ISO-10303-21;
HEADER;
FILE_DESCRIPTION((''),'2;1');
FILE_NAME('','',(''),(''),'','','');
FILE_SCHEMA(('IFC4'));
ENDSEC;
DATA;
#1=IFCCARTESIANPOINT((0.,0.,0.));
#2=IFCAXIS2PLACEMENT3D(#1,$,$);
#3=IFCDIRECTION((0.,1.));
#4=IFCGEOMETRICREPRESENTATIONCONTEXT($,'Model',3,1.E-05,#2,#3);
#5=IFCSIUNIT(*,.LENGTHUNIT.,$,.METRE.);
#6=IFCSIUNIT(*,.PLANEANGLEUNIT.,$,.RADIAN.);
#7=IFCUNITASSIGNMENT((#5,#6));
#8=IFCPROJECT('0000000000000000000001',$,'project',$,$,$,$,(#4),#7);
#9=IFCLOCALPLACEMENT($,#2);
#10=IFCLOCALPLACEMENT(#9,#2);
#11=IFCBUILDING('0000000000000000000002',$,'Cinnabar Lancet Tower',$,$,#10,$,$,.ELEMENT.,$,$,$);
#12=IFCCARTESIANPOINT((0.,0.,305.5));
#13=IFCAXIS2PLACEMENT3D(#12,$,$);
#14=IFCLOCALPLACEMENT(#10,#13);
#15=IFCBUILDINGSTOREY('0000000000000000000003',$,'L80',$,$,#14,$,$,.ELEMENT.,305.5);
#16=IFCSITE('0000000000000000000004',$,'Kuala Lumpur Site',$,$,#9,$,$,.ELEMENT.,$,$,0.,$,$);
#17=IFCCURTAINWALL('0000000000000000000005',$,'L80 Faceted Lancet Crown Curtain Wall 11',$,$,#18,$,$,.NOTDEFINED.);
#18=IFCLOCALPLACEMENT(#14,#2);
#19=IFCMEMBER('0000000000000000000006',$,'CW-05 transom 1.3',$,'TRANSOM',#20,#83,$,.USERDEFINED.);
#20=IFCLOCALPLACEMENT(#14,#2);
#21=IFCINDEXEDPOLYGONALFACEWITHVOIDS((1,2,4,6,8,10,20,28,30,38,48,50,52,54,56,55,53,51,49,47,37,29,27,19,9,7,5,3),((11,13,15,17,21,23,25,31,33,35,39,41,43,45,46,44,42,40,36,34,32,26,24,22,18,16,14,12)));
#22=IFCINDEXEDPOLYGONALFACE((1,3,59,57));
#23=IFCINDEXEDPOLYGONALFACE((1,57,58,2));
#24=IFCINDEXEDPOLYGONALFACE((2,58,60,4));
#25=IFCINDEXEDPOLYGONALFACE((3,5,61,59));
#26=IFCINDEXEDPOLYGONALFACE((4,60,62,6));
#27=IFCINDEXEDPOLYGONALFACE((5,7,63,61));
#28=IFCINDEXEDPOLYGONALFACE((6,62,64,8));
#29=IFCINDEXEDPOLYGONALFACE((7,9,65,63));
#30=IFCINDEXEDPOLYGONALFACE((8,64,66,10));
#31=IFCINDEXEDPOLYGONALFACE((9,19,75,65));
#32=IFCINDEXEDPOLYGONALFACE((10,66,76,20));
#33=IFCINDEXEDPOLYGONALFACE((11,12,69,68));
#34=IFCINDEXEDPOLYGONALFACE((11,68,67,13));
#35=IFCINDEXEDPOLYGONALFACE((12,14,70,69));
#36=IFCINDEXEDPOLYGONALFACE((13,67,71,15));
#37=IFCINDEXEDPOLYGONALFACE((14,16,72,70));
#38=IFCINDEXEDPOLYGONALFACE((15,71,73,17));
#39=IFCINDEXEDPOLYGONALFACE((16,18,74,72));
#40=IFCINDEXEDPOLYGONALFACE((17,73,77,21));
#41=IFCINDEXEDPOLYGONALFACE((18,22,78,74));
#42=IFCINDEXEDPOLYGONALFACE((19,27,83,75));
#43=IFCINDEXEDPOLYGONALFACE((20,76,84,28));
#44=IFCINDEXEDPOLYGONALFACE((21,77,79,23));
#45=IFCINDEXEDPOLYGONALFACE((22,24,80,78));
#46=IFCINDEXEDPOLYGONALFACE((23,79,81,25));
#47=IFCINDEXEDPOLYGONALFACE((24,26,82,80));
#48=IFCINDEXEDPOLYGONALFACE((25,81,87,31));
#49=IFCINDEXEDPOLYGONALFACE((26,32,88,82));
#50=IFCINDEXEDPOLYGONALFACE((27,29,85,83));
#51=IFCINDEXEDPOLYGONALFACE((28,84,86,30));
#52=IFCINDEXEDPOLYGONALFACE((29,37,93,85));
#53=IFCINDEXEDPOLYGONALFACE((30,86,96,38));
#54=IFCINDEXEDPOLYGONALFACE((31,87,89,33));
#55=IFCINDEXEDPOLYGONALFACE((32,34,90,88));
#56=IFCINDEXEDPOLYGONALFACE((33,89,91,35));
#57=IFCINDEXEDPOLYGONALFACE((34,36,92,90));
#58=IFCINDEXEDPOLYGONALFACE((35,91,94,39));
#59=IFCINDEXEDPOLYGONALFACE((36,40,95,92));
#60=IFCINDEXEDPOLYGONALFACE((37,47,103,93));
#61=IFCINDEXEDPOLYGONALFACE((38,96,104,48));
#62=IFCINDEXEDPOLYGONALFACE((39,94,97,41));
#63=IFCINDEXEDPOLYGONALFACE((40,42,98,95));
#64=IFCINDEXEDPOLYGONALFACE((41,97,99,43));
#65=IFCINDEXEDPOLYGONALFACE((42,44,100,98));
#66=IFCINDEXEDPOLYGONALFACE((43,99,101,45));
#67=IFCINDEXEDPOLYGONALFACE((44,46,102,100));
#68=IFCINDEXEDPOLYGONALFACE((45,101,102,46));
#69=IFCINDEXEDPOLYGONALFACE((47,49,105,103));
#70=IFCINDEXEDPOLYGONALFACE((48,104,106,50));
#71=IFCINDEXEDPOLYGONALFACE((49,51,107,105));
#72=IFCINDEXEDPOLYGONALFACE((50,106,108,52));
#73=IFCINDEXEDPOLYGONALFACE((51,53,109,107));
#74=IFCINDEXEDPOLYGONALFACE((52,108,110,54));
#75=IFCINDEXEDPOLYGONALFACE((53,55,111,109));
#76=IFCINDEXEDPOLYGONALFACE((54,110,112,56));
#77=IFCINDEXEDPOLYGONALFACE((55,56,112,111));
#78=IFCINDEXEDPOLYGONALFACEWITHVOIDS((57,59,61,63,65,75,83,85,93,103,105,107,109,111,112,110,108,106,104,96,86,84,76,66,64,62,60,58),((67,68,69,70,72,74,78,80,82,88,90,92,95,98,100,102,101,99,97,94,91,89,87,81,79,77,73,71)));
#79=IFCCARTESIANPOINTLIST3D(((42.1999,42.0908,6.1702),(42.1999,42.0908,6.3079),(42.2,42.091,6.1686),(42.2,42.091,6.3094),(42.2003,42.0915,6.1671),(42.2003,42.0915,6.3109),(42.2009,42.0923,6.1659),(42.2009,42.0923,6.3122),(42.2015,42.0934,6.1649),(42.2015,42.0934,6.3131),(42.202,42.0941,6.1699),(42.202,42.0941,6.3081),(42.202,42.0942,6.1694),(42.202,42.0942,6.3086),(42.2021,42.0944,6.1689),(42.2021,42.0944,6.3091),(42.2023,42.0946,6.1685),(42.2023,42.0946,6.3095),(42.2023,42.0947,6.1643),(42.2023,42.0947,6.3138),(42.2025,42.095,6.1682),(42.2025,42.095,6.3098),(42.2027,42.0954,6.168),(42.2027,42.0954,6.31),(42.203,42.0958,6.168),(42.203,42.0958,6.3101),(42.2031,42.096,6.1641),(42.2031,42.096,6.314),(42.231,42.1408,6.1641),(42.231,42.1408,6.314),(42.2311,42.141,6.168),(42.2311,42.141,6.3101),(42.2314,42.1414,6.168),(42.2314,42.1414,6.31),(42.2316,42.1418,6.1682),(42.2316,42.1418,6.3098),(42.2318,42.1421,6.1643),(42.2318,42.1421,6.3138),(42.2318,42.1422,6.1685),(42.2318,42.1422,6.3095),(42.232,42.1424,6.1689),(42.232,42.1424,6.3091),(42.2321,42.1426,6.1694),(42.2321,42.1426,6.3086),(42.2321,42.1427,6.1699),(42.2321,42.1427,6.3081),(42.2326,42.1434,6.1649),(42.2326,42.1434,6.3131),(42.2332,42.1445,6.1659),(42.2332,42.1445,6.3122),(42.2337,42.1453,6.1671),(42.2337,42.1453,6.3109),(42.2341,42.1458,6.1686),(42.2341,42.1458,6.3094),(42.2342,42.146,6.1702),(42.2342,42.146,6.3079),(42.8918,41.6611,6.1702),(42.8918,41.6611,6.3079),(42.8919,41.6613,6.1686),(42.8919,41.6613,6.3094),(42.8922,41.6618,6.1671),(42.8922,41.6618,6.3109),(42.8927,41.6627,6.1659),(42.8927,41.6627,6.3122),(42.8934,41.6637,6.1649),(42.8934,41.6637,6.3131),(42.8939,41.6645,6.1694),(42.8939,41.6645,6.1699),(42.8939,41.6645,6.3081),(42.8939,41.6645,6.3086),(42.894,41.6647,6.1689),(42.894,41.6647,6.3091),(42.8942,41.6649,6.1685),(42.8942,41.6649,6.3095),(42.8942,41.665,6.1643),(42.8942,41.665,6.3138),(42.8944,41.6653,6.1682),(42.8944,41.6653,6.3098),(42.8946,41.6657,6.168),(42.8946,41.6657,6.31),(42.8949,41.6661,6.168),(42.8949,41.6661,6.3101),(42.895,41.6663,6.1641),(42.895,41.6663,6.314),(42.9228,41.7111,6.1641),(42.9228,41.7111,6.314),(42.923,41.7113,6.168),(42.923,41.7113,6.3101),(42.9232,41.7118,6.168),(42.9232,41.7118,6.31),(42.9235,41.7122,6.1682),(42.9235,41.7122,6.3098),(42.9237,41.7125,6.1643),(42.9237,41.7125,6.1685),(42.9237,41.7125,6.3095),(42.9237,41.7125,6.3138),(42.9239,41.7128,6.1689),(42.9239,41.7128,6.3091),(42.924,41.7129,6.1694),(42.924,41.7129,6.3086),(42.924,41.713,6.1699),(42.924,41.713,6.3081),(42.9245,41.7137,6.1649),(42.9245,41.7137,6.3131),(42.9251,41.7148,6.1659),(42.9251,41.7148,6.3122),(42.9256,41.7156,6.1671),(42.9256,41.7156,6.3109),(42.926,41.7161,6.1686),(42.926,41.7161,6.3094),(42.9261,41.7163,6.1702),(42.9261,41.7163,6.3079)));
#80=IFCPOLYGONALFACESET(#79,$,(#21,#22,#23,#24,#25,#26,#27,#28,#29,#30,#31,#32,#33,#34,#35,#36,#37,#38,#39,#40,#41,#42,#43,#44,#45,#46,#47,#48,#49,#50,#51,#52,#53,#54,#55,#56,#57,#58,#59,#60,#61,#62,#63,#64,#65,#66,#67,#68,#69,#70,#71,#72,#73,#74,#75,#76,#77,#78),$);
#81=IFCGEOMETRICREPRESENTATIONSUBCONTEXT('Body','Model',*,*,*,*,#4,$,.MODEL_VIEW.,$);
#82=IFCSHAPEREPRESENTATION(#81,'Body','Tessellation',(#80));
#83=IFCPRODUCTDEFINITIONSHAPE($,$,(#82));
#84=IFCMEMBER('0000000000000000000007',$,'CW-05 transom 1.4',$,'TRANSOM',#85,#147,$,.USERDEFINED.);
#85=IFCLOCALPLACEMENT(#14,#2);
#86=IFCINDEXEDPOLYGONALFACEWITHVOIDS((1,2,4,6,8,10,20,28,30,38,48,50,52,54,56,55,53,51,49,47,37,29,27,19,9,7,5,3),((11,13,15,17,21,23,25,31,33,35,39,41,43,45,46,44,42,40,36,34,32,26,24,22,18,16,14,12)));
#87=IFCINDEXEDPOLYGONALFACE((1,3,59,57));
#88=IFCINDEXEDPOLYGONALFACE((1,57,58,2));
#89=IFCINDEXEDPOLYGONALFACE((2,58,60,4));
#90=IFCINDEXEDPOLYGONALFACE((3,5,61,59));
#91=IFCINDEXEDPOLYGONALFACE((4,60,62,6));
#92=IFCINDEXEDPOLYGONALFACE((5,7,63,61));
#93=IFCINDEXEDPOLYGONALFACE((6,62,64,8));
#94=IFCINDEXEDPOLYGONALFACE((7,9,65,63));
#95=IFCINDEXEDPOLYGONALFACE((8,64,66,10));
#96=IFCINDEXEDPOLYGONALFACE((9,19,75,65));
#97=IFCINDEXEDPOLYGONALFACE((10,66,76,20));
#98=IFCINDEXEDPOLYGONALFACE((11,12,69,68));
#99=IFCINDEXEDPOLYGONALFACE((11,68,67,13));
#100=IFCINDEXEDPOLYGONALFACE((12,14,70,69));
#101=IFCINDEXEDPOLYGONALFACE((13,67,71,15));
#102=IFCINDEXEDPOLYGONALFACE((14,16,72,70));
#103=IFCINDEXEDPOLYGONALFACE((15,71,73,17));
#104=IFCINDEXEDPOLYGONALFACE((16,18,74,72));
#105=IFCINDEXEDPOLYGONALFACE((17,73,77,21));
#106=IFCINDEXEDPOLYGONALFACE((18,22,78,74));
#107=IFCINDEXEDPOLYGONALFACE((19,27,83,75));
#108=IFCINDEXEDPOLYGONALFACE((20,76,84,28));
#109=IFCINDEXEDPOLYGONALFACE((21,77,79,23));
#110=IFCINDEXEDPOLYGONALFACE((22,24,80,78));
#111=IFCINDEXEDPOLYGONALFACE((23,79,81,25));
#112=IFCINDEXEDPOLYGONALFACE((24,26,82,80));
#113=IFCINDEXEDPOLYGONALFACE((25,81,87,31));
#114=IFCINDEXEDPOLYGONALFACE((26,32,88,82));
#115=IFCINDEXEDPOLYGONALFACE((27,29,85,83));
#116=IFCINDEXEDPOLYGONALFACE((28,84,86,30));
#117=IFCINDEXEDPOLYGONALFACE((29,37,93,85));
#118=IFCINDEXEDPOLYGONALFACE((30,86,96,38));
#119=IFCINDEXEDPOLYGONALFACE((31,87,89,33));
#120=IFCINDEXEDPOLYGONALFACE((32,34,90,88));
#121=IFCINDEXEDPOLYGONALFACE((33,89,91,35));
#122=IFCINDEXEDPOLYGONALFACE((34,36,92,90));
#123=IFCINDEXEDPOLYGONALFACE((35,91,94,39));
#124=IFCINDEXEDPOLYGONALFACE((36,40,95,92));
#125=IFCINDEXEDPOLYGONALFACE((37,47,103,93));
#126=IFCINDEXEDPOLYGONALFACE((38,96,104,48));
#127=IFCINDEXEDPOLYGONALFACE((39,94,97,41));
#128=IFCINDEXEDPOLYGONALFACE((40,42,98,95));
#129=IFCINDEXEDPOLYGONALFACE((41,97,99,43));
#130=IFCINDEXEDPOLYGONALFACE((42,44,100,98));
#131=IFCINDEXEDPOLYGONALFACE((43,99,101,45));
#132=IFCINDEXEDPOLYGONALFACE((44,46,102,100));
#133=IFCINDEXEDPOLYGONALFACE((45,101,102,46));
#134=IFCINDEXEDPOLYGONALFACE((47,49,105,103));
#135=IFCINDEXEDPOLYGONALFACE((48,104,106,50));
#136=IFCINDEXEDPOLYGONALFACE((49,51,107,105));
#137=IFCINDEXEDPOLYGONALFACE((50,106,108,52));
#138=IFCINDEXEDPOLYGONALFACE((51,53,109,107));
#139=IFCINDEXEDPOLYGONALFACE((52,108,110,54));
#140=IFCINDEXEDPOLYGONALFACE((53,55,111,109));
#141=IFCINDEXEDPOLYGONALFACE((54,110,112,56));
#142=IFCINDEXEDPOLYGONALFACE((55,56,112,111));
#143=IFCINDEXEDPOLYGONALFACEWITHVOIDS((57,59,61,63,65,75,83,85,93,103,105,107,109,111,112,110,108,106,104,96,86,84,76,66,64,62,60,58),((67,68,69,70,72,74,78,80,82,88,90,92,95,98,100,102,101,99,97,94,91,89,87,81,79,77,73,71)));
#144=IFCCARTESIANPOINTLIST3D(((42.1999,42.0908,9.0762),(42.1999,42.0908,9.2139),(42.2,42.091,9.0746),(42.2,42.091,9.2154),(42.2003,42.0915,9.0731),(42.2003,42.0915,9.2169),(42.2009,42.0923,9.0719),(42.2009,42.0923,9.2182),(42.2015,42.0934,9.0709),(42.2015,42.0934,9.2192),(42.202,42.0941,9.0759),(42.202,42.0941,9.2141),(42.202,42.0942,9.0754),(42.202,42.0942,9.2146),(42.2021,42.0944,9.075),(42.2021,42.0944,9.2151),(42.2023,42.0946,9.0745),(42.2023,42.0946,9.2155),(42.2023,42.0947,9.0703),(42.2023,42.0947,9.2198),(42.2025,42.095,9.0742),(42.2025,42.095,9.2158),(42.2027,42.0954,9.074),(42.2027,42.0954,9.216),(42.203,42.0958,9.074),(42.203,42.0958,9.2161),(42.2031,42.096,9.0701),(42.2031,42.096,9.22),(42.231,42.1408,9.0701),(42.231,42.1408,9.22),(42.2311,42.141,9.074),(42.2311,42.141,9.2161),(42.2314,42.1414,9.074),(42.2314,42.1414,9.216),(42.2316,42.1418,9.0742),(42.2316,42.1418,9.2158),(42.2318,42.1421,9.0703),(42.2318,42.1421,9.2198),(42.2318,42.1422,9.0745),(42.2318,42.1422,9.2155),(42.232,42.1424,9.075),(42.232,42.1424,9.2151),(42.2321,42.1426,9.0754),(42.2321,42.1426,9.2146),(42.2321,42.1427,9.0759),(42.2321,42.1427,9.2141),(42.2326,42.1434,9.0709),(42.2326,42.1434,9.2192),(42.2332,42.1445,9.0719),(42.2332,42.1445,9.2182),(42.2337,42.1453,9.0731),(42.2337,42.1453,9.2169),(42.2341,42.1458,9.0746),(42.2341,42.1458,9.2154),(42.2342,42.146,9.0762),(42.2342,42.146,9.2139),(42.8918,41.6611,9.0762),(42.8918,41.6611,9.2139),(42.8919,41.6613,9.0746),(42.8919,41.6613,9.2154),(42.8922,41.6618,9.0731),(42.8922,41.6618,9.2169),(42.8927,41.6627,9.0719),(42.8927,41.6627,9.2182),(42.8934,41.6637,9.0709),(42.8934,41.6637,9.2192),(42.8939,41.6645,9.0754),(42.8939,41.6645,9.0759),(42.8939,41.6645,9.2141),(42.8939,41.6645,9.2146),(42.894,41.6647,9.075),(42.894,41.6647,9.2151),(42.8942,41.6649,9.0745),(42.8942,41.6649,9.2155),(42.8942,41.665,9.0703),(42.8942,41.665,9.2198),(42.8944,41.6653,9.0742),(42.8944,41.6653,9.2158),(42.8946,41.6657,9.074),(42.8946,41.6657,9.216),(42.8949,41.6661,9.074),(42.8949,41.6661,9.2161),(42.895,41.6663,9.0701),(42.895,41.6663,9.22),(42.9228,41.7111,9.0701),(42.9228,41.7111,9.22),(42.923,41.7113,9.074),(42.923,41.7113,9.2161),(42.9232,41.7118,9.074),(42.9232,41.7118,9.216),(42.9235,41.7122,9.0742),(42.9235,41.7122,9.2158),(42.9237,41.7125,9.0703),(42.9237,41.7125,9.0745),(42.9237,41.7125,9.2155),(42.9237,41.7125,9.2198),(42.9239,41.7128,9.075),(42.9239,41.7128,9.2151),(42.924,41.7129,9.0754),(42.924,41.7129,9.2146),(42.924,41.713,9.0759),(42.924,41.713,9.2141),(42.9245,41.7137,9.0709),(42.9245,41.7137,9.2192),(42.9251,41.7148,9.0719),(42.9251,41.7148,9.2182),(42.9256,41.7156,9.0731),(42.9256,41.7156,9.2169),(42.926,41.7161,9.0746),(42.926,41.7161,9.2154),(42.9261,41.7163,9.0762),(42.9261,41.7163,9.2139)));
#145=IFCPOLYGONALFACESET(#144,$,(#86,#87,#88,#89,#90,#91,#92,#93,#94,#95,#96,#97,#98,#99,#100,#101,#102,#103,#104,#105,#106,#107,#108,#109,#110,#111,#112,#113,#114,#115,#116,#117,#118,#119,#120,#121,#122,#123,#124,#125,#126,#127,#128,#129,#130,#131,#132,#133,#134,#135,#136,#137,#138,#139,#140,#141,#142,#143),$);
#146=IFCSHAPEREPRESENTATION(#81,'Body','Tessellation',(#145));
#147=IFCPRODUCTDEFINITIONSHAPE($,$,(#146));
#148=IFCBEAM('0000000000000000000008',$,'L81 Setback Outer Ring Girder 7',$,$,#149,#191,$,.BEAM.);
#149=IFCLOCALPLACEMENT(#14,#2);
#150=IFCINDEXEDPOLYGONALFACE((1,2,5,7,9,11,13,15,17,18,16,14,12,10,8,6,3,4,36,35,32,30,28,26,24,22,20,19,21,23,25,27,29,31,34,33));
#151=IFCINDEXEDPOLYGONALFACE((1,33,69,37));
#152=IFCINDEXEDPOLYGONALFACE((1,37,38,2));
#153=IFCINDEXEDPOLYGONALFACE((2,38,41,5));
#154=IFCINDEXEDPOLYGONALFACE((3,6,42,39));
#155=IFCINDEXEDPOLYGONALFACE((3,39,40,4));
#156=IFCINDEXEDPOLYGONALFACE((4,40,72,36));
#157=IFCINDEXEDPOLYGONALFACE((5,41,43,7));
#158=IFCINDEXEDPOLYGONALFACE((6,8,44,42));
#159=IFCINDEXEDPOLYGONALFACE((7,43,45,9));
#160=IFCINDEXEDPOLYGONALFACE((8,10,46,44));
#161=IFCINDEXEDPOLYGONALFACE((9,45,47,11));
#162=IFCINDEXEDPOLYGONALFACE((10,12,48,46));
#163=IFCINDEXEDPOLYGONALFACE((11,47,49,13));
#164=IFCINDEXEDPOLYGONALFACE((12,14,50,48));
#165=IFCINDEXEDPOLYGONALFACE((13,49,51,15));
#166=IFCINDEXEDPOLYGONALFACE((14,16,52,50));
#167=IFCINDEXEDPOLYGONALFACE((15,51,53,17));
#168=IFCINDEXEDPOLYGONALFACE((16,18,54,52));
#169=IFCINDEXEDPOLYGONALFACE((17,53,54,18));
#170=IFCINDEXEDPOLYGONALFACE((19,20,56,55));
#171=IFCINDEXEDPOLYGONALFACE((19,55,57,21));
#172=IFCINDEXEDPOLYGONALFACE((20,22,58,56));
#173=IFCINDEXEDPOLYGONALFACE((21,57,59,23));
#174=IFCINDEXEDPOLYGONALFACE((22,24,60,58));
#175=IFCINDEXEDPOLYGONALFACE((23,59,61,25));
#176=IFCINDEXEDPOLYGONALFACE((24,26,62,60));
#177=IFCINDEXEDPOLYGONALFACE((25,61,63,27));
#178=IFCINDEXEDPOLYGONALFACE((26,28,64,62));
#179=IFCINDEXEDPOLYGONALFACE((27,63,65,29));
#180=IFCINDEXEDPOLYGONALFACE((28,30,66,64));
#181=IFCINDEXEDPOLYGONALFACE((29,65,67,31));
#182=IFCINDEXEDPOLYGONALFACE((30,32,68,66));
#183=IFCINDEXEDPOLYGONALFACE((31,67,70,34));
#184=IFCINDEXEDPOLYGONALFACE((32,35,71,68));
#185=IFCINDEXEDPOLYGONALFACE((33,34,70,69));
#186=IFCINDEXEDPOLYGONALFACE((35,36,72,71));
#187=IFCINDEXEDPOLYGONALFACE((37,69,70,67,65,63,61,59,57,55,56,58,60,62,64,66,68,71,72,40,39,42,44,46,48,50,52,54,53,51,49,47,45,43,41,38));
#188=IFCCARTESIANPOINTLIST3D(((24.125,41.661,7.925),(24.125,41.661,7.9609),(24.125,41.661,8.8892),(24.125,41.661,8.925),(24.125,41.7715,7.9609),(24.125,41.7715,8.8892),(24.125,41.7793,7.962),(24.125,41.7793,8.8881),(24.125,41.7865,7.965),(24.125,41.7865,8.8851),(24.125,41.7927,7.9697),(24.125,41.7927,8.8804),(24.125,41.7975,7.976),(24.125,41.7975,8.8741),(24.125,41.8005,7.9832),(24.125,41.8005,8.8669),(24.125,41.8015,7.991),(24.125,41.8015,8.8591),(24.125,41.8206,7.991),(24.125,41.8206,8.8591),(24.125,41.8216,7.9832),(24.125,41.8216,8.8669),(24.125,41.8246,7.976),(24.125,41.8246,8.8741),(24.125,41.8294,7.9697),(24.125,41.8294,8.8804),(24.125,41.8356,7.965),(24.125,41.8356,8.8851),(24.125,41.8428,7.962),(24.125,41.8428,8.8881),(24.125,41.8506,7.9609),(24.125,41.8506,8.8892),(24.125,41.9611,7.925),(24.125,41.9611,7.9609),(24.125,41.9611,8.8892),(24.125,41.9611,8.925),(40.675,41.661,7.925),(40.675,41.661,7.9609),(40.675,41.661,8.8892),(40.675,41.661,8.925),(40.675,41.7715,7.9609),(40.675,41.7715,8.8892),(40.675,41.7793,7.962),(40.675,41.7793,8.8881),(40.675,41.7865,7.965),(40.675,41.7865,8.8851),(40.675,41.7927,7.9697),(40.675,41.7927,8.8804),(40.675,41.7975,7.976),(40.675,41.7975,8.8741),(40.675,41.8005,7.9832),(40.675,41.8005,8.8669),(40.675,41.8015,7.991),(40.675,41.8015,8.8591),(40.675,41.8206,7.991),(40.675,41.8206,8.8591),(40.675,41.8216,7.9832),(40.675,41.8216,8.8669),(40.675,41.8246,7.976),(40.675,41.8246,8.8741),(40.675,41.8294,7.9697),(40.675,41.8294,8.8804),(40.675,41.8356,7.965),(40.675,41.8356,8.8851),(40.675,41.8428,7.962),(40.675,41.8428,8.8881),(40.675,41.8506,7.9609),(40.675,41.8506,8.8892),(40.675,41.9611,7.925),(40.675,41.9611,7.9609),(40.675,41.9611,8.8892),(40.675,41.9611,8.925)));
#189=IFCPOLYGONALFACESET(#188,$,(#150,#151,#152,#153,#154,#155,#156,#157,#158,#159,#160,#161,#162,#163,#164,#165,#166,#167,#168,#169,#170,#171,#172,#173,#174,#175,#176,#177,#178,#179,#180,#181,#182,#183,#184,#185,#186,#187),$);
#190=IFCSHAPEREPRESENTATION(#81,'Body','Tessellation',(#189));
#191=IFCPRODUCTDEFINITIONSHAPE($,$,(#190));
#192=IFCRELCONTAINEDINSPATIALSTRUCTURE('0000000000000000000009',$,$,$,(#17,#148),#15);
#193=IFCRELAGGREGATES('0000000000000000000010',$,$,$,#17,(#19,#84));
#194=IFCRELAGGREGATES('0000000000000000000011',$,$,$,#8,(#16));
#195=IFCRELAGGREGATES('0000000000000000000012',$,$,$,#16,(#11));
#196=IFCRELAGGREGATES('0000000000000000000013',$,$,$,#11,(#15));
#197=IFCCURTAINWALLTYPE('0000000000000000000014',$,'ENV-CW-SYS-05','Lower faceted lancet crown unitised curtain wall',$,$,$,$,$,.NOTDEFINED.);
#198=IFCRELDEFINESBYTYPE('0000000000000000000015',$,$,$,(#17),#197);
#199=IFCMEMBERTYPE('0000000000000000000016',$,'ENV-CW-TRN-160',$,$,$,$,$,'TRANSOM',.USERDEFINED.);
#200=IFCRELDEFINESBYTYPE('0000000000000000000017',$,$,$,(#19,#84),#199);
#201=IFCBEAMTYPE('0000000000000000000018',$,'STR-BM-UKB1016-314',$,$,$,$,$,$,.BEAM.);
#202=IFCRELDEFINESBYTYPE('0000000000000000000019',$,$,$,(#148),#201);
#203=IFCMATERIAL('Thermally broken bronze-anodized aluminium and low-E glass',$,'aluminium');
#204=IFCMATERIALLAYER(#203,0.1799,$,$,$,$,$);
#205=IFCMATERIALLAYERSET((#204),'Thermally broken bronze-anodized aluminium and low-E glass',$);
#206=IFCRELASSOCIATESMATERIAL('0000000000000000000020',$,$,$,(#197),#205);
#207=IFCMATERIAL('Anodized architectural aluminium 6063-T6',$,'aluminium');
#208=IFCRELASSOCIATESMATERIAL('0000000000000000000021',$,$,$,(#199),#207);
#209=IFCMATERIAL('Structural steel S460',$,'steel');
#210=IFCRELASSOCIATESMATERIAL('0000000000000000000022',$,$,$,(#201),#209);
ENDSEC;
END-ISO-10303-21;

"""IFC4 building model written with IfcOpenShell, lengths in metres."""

from ifc_helpers import new_model, si_unit, direction, frame, origin, origin_2d, place, context, subcontext, project, spatial, hollow_rectangle, i_section, extrude, material, layer, layer_set, material_profile, profile_set, type_object, element, aggregate, save


model = new_model("IFC4")

# Units and contexts
model_context = context("Model", 3, precision=1e-05, world=origin(), true_north=direction((0.0, 1.0)))
body_context = subcontext(model_context, "Body", "Model", "MODEL_VIEW")
ifc_project = project(units=[si_unit("LENGTHUNIT", "METRE"), si_unit("PLANEANGLEUNIT", "RADIAN")], contexts=[model_context])

# Site, building, storey
site_placement = place(None, origin())
site = spatial("IfcSite", under=ifc_project, at=site_placement, Name="Kuala Lumpur Site", CompositionType="ELEMENT", RefElevation=0.0)
building_placement = place(site_placement, origin())
building = spatial("IfcBuilding", under=site, at=building_placement, Name="Cinnabar Lancet Tower", CompositionType="ELEMENT")
storey_placement = place(building_placement, frame((0.0, 0.0, 305.5)))
storey = spatial("IfcBuildingStorey", under=building, at=storey_placement, Name="L80", CompositionType="ELEMENT", Elevation=305.5)

# Shared definitions
ifc_material_1 = material(Name="Thermally broken bronze-anodized aluminium and low-E glass", Category="aluminium")
ifc_layer_1 = layer(ifc_material_1, 0.1799)
ifc_layer_set_1 = layer_set([ifc_layer_1], Name="Thermally broken bronze-anodized aluminium and low-E glass")
curtain_wall_type = type_object("IfcCurtainWallType", Name="ENV-CW-SYS-05", Description="Lower faceted lancet crown unitised curtain wall", PredefinedType="NOTDEFINED", material=ifc_layer_set_1)

# Curtain wall
curtain_wall_1_placement = place(storey_placement, origin())
curtain_wall_1 = element("IfcCurtainWall", 1, at=curtain_wall_1_placement, inside=storey, type_object=curtain_wall_type, Name="L80 Faceted Lancet Crown Curtain Wall 11", PredefinedType="NOTDEFINED")

# Members
ifc_material_2 = material(Name="Anodized architectural aluminium 6063-T6", Category="aluminium")
ifc_material_profile_1 = material_profile(ifc_material_2, hollow_rectangle(XDim=0.0649, YDim=0.1499, WallThickness=0.0039, InnerFilletRadius=0.002, OuterFilletRadius=0.0061, at=origin_2d()), Name="CW-TRN 150x65x4")
ifc_profile_set_1 = profile_set([ifc_material_profile_1], Name="Anodized architectural aluminium 6063-T6")
member_type_1 = type_object("IfcMemberType", Name="ENV-CW-TRN-160", ElementType="TRANSOM", PredefinedType="USERDEFINED", material=ifc_profile_set_1)
member_1_placement = place(storey_placement, frame((42.9089, 41.6887, 6.239), z_axis=(-0.84951, 0.527572, 0.0), x_axis=(-0.527572, -0.84951, 0.0)))
member_1 = element("IfcMember", 2, at=member_1_placement, type_object=member_type_1, Name="CW-05 transom 1.3", ObjectType="TRANSOM", PredefinedType="USERDEFINED", context=body_context, shape_type="SweptSolid", body=[
    extrude(hollow_rectangle(XDim=0.0649, YDim=0.1499, WallThickness=0.0039, InnerFilletRadius=0.002, OuterFilletRadius=0.0061, at=origin_2d()), origin(), (0.0, 0.0, 1.0), 0.8145),
])
member_2_placement = place(storey_placement, frame((42.9089, 41.6887, 9.145), z_axis=(-0.84951, 0.527572, 0.0), x_axis=(-0.527572, -0.84951, 0.0)))
member_2 = element("IfcMember", 3, at=member_2_placement, type_object=member_type_1, Name="CW-05 transom 1.4", ObjectType="TRANSOM", PredefinedType="USERDEFINED", context=body_context, shape_type="SweptSolid", body=[
    extrude(hollow_rectangle(XDim=0.0649, YDim=0.1499, WallThickness=0.0039, InnerFilletRadius=0.002, OuterFilletRadius=0.0061, at=origin_2d()), origin(), (0.0, 0.0, 1.0), 0.8145),
])

# Beam
ifc_material_3 = material(Name="Structural steel S460", Category="steel")
ifc_material_profile_2 = material_profile(ifc_material_3, i_section(OverallWidth=0.3, OverallDepth=1.0, WebThickness=0.019, FlangeThickness=0.0359, FilletRadius=0.03, at=origin_2d()), Name="UKB 1016x305x314")
ifc_profile_set_2 = profile_set([ifc_material_profile_2], Name="Structural steel S460")
beam_type = type_object("IfcBeamType", Name="STR-BM-UKB1016-314", PredefinedType="BEAM", material=ifc_profile_set_2)
beam_1_placement = place(storey_placement, frame((40.675, 41.811, 8.425), z_axis=(-1.0, 0.0, 0.0), x_axis=(0.0, -1.0, 0.0)))
element("IfcBeam", 4, at=beam_1_placement, inside=storey, type_object=beam_type, Name="L81 Setback Outer Ring Girder 7", PredefinedType="BEAM", context=body_context, shape_type="SweptSolid", body=[
    extrude(i_section(OverallWidth=0.3, OverallDepth=1.0, WebThickness=0.019, FlangeThickness=0.0359, FilletRadius=0.03, at=origin_2d()), origin(), (0.0, 0.0, 1.0), 16.55),
])

aggregate(curtain_wall_1, [member_1, member_2])

save(model, "model.ifc")
